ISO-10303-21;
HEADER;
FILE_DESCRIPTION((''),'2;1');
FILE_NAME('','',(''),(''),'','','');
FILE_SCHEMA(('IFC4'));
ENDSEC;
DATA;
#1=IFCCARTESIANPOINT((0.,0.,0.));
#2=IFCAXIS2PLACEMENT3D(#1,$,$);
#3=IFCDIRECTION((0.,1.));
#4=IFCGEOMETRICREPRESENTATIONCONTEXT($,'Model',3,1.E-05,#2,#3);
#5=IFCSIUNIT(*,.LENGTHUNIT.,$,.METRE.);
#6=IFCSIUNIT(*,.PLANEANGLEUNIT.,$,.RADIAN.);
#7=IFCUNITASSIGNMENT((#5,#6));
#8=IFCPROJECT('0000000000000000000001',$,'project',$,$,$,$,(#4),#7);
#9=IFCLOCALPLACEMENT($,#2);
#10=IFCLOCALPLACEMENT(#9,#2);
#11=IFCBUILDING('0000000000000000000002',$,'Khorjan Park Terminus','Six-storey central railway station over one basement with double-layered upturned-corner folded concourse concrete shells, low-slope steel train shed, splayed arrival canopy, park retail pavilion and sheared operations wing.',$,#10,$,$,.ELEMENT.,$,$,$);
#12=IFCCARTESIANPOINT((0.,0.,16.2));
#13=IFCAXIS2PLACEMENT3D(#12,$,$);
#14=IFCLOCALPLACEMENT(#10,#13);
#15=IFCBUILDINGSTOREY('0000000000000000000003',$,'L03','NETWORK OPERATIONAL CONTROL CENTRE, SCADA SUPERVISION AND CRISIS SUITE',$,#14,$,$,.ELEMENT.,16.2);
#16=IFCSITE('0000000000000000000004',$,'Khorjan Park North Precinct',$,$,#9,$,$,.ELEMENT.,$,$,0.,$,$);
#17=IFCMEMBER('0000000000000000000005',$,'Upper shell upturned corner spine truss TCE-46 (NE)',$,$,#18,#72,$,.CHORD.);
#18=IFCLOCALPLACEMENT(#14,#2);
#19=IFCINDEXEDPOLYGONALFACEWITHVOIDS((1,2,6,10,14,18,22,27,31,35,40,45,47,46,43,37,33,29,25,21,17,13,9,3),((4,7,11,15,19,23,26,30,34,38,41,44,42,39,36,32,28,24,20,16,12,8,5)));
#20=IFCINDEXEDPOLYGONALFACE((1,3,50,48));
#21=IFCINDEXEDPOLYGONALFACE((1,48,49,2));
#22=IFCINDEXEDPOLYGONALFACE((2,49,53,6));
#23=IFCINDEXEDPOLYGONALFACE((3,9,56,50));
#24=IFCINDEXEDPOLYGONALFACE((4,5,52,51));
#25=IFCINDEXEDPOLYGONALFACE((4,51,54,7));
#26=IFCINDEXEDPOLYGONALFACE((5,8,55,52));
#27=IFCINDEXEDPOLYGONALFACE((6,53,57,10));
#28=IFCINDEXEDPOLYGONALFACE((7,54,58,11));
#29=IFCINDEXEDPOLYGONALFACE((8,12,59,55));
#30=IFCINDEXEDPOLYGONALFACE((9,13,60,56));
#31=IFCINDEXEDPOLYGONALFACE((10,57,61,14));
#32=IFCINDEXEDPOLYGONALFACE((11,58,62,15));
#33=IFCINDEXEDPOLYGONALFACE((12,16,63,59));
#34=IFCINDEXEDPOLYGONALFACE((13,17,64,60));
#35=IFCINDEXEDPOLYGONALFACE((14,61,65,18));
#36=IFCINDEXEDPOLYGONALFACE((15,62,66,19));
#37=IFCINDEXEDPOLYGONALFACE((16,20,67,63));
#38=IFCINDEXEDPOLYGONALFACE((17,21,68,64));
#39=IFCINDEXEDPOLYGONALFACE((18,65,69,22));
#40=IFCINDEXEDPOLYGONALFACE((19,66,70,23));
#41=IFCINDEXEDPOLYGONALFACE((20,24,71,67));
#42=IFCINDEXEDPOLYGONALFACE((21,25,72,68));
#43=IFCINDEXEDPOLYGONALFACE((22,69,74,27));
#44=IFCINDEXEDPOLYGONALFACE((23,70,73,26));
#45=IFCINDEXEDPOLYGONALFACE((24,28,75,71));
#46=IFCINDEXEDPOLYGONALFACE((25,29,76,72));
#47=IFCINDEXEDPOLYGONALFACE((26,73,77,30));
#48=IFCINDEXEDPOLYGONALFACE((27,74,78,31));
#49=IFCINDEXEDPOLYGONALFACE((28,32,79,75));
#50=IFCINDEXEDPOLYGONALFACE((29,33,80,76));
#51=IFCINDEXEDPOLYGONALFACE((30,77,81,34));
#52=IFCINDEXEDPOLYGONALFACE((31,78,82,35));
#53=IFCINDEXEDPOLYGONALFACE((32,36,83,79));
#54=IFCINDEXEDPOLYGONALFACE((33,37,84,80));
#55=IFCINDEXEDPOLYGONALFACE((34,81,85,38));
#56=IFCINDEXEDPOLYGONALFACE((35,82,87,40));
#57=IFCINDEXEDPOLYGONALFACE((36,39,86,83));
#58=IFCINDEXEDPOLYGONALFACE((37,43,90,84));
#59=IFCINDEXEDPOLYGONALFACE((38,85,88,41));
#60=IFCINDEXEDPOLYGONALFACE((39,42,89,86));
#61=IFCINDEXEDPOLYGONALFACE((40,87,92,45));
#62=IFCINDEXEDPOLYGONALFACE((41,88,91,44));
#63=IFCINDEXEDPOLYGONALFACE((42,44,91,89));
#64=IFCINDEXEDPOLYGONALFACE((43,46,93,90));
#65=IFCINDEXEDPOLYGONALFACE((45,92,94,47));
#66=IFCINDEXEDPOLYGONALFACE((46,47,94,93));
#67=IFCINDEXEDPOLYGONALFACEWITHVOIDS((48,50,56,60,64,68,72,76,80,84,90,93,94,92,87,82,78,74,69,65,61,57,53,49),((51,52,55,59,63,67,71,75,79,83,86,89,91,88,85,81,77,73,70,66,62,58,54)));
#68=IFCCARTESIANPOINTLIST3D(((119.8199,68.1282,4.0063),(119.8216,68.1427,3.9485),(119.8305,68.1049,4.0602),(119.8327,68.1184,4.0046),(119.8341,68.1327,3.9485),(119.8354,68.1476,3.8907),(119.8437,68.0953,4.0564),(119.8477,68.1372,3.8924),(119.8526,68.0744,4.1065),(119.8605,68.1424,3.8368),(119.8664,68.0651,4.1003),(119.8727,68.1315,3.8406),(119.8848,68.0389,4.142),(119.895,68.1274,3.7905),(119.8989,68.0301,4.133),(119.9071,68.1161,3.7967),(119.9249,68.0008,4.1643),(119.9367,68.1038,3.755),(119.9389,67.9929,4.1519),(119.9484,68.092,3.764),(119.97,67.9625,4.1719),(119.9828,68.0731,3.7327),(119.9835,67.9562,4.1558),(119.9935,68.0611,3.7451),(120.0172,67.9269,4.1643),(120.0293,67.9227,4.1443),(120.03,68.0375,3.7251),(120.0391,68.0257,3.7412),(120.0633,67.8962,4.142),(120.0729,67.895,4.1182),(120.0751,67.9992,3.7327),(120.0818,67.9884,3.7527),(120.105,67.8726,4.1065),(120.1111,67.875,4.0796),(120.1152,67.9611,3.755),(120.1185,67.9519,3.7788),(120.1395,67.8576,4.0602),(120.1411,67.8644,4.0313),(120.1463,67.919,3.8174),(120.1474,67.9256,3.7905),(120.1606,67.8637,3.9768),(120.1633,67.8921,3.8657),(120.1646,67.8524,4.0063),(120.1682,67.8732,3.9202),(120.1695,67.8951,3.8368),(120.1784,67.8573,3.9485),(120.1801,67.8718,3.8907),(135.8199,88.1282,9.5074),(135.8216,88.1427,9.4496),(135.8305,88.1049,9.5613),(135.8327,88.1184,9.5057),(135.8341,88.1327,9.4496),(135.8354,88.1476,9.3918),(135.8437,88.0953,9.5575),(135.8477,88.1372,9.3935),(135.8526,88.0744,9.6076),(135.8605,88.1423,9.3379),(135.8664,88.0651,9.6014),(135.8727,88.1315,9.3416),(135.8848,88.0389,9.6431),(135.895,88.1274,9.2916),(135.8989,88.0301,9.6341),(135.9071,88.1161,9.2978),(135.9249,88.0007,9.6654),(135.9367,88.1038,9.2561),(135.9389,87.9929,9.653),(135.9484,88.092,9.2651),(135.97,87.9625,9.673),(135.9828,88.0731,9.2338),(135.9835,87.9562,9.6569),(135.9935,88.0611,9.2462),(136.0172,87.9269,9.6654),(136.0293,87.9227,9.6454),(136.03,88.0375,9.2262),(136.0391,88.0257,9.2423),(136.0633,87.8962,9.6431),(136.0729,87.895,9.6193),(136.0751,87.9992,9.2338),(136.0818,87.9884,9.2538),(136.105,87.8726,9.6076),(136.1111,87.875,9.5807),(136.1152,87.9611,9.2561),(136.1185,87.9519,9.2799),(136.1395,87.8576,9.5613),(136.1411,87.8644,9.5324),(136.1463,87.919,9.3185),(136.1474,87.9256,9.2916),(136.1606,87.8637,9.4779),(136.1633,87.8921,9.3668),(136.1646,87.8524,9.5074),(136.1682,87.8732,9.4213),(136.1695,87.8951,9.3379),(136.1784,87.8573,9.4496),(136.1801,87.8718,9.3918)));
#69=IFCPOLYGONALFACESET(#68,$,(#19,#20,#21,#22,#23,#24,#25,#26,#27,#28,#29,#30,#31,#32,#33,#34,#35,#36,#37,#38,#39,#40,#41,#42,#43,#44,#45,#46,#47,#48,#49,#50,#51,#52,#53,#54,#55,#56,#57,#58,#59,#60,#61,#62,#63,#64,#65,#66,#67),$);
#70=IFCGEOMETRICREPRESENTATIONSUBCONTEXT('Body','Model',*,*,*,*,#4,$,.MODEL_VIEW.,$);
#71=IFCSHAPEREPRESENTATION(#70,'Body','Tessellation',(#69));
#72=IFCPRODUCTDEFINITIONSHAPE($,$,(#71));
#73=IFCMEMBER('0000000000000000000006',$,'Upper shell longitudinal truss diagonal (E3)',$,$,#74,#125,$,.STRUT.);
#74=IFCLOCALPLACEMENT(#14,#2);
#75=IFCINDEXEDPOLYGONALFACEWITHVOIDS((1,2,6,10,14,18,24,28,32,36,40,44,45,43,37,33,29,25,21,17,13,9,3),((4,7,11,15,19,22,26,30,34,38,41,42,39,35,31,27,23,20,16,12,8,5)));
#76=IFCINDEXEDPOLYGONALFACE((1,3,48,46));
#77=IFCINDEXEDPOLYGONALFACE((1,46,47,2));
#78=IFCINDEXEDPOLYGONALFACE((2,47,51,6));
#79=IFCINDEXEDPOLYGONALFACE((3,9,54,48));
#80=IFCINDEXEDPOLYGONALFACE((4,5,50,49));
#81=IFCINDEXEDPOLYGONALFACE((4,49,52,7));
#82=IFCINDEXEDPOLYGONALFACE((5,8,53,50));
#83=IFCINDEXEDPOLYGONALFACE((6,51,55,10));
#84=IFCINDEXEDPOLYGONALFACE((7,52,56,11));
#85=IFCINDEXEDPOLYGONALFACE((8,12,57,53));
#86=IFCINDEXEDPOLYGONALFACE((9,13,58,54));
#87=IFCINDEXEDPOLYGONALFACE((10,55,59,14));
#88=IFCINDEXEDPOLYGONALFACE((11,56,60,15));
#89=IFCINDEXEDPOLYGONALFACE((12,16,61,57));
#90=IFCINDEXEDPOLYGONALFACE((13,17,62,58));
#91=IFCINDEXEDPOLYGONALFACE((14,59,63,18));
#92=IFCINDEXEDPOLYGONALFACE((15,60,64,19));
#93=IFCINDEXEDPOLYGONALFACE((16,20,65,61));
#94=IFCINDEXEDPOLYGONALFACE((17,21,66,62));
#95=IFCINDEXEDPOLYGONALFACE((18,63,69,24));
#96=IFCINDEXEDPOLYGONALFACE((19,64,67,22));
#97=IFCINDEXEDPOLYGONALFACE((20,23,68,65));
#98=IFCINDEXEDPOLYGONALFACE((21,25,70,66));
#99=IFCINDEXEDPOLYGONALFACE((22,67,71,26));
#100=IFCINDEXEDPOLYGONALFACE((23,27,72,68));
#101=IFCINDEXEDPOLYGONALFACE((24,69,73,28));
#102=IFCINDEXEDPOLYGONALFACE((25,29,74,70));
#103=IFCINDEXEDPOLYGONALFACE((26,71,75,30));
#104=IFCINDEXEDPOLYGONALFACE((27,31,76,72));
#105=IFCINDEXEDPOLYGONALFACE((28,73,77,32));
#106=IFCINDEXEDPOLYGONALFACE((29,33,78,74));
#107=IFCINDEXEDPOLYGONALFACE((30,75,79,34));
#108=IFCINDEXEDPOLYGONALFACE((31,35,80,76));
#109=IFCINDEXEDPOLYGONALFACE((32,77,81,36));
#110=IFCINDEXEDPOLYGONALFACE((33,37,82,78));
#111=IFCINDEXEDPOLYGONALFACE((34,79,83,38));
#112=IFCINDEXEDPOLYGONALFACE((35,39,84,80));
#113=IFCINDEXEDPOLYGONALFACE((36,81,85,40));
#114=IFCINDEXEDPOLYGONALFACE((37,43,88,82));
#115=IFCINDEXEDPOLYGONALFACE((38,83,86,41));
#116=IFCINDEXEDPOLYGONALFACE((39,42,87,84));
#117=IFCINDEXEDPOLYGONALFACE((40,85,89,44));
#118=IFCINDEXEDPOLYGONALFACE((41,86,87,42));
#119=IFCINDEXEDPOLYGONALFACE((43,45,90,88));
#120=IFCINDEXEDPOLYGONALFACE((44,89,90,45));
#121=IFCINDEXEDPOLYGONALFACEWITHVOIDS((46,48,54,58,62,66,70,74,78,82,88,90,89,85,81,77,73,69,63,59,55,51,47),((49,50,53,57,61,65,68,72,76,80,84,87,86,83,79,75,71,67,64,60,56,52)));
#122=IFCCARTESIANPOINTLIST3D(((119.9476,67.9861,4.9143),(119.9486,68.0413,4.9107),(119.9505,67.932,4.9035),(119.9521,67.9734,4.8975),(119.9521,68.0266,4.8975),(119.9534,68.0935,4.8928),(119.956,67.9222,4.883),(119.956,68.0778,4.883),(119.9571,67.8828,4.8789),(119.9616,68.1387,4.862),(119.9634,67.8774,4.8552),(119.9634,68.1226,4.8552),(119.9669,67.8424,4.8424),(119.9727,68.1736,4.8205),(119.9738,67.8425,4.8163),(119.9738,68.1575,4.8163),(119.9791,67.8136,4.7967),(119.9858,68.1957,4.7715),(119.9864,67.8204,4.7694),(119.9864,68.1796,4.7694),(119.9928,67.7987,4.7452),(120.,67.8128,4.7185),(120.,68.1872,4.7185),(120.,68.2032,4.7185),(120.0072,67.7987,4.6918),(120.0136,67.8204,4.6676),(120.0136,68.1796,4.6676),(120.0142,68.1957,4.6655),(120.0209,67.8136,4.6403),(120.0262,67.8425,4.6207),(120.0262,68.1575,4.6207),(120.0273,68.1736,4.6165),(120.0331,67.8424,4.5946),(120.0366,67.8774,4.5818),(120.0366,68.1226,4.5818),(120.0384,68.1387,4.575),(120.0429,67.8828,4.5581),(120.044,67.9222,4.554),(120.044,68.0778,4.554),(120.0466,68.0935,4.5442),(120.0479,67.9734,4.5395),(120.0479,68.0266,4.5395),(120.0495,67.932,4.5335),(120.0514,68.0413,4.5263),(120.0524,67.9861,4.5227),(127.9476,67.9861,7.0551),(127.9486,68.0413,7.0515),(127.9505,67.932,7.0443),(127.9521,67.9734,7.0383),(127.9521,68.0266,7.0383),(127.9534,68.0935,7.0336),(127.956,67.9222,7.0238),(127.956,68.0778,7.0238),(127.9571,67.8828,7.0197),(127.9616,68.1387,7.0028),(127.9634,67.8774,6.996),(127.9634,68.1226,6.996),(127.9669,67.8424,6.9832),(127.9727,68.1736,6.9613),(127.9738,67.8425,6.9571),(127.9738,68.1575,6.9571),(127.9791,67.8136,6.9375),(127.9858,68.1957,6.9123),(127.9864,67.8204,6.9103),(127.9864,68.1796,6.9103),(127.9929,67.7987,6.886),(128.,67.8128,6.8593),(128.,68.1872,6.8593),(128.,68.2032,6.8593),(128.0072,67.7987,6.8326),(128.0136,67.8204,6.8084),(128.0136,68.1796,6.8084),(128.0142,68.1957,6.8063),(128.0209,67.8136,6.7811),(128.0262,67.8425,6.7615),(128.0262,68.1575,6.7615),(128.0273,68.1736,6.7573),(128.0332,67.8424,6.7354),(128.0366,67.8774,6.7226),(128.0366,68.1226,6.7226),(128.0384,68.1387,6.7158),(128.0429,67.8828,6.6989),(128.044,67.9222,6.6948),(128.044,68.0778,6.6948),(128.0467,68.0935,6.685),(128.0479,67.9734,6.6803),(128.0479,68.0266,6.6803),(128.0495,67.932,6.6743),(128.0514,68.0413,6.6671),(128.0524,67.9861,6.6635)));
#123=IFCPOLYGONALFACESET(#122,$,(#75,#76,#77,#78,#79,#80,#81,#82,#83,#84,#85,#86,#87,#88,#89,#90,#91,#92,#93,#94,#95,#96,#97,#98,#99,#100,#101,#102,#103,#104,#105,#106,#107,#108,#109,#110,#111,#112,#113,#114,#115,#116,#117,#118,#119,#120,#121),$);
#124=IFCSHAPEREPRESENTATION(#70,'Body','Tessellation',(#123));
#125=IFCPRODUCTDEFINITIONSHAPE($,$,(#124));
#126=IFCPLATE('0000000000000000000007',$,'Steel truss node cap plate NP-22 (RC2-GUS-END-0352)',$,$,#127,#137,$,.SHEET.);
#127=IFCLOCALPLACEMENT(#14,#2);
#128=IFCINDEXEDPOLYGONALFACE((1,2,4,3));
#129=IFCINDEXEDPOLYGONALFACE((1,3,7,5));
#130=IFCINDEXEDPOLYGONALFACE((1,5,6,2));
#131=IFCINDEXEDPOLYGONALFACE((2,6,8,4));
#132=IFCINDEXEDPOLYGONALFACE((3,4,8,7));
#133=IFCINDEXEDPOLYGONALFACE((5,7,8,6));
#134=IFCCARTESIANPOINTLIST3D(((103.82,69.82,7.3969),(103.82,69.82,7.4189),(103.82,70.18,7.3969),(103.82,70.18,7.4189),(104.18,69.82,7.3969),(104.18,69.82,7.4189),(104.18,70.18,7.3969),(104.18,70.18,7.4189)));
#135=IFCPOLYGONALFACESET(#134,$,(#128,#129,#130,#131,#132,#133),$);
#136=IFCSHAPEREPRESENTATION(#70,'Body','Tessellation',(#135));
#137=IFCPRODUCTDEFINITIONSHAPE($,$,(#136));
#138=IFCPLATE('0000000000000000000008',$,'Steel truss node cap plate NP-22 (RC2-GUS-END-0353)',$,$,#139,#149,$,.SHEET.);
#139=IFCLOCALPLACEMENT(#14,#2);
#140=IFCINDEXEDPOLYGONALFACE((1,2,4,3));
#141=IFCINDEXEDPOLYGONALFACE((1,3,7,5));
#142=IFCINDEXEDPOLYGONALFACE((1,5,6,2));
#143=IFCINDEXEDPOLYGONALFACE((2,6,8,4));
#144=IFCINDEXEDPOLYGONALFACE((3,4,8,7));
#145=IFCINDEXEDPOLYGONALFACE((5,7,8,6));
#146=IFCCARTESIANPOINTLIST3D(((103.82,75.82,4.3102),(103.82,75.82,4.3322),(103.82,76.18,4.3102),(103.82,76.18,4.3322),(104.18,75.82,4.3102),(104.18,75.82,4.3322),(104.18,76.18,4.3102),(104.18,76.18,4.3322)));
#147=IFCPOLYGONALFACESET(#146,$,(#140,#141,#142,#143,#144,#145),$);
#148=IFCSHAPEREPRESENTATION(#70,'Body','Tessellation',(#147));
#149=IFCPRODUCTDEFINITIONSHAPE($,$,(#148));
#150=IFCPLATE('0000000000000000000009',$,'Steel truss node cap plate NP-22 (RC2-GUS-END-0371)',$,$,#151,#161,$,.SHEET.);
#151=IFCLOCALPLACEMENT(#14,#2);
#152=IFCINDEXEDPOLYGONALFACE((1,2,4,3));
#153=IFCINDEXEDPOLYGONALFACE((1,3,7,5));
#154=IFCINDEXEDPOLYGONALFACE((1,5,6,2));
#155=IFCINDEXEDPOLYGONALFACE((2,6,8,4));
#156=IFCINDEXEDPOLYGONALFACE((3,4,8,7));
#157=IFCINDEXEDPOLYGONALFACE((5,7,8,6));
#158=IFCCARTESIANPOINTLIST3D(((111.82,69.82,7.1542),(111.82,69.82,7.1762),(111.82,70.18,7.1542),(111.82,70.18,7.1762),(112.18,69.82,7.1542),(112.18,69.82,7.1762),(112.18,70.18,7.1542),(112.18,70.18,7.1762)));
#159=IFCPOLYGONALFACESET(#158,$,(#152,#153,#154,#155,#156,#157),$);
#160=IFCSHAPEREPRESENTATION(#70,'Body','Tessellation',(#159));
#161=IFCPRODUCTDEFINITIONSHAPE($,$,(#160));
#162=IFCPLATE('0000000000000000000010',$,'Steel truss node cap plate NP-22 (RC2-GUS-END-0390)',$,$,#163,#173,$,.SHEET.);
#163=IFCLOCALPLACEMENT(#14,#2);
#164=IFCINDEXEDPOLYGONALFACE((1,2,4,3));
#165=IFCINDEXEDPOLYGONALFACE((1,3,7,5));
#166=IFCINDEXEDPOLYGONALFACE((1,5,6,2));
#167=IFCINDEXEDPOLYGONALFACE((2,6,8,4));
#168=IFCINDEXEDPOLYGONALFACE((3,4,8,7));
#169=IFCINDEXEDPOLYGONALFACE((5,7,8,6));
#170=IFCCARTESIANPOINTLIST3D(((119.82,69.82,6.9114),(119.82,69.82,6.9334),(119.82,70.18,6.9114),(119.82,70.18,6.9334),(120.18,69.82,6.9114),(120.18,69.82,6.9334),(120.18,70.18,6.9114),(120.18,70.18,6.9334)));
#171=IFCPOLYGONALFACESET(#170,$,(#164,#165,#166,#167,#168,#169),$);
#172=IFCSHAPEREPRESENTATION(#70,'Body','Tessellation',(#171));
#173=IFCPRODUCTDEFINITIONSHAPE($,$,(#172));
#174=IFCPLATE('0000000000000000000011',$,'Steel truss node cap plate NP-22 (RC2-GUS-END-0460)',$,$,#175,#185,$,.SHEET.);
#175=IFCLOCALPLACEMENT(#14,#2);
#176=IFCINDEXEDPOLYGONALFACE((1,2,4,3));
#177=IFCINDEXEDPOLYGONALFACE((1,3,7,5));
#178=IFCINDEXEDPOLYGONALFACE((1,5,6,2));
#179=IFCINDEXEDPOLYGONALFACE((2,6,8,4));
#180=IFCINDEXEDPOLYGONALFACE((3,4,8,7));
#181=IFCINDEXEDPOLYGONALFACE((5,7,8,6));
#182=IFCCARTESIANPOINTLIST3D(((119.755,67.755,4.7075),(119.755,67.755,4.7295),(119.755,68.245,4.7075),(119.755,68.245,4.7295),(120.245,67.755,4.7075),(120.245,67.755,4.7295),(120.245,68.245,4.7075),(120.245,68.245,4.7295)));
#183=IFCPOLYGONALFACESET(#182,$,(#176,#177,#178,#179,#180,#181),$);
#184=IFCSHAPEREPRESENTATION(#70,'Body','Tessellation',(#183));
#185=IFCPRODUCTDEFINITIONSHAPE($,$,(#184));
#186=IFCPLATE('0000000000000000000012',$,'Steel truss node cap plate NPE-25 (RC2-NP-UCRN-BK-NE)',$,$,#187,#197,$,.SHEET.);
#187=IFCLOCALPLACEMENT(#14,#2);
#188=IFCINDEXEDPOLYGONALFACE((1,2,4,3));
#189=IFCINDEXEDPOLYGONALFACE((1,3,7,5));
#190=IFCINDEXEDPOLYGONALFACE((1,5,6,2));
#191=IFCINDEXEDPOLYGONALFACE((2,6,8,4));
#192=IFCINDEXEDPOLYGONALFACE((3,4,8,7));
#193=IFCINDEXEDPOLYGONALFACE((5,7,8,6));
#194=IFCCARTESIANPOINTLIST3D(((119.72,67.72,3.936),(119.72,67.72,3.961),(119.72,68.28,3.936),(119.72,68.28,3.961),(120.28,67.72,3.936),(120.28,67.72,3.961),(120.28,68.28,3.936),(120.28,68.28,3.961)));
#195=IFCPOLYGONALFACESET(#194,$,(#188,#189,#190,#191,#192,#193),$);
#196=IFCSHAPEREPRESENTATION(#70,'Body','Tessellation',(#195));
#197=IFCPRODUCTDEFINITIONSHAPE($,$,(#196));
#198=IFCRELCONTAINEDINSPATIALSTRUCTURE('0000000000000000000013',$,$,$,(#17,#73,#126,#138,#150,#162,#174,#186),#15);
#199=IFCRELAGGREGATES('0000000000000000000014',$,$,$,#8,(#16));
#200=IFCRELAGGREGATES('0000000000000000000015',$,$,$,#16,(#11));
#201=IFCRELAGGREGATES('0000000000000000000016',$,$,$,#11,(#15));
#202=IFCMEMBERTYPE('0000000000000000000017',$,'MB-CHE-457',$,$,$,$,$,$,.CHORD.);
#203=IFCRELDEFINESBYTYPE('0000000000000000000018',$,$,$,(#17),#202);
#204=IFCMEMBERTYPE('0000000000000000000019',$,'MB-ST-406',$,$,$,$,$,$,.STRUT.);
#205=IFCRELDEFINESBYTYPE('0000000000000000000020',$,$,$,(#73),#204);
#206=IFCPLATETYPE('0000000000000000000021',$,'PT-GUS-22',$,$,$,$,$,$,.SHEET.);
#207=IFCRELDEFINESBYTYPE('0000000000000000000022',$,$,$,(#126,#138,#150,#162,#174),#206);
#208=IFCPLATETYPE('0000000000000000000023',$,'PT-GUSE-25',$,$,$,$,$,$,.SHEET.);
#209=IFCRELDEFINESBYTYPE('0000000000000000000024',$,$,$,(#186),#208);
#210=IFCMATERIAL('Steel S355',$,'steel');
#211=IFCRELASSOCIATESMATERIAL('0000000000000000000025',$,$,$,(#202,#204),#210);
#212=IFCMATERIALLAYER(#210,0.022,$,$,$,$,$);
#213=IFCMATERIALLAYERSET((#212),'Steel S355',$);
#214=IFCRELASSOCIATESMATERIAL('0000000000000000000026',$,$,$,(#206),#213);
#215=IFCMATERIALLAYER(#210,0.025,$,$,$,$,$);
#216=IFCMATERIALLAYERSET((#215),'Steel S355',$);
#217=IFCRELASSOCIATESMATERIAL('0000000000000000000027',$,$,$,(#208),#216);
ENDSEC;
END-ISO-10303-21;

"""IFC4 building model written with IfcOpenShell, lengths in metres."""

from ifc_helpers import new_model, si_unit, direction, frame, origin, origin_2d, place, context, subcontext, project, spatial, rectangle, hollow_circle, extrude, material, layer, layer_set, material_profile, profile_set, type_object, element, save


model = new_model("IFC4")

# Units and contexts
model_context = context("Model", 3, precision=1e-05, world=origin(), true_north=direction((0.0, 1.0)))
body_context = subcontext(model_context, "Body", "Model", "MODEL_VIEW")
ifc_project = project(units=[si_unit("LENGTHUNIT", "METRE"), si_unit("PLANEANGLEUNIT", "RADIAN")], contexts=[model_context])

# Site, building, storey
site_placement = place(None, origin())
site = spatial("IfcSite", under=ifc_project, at=site_placement, Name="Khorjan Park North Precinct", CompositionType="ELEMENT", RefElevation=0.0)
building_placement = place(site_placement, origin())
building = spatial("IfcBuilding", under=site, at=building_placement, Name="Khorjan Park Terminus", Description="Six-storey central railway station over one basement with double-layered upturned-corner folded concourse concrete shells, low-slope steel train shed, splayed arrival canopy, park retail pavilion and sheared operations wing.", CompositionType="ELEMENT")
storey_placement = place(building_placement, frame((0.0, 0.0, 16.2)))
storey = spatial("IfcBuildingStorey", under=building, at=storey_placement, Name="L03", Description="NETWORK OPERATIONAL CONTROL CENTRE, SCADA SUPERVISION AND CRISIS SUITE", CompositionType="ELEMENT", Elevation=16.2)

# Members
ifc_material = material(Name="Steel S355", Category="steel")
ifc_material_profile_1 = material_profile(ifc_material, hollow_circle(Radius=0.2285, WallThickness=0.016, at=origin_2d()), Name="CHS 457x16")
ifc_profile_set_1 = profile_set([ifc_material_profile_1], Name="Steel S355")
member_type_1 = type_object("IfcMemberType", Name="MB-CHE-457", PredefinedType="CHORD", material=ifc_profile_set_1)
member_1_placement = place(storey_placement, frame((120.0, 68.0, 3.9485), z_axis=(0.610766, 0.763458, 0.209993), x_axis=(-0.780869, 0.624695, 0.0)))
element("IfcMember", 1, at=member_1_placement, inside=storey, type_object=member_type_1, Name="Upper shell upturned corner spine truss TCE-46 (NE)", PredefinedType="CHORD", context=body_context, shape_type="SweptSolid", body=[
    extrude(hollow_circle(Radius=0.2285, WallThickness=0.016, at=origin_2d()), origin(), (0.0, 0.0, 1.0), 26.1966),
])
ifc_material_profile_2 = material_profile(ifc_material, hollow_circle(Radius=0.2032, WallThickness=0.016, at=origin_2d()), Name="CHS 406.4x16")
ifc_profile_set_2 = profile_set([ifc_material_profile_2], Name="Steel S355")
member_type_2 = type_object("IfcMemberType", Name="MB-ST-406", PredefinedType="STRUT", material=ifc_profile_set_2)
member_2_placement = place(storey_placement, frame((120.0, 68.0, 4.7185), z_axis=(0.96601, 0.0, 0.258504), x_axis=(0.0, 1.0, 0.0)))
element("IfcMember", 2, at=member_2_placement, inside=storey, type_object=member_type_2, Name="Upper shell longitudinal truss diagonal (E3)", PredefinedType="STRUT", context=body_context, shape_type="SweptSolid", body=[
    extrude(hollow_circle(Radius=0.2032, WallThickness=0.016, at=origin_2d()), origin(), (0.0, 0.0, 1.0), 8.2815),
])

# Plates
ifc_layer_1 = layer(ifc_material, 0.022)
ifc_layer_set_1 = layer_set([ifc_layer_1], Name="Steel S355")
plate_type_1 = type_object("IfcPlateType", Name="PT-GUS-22", PredefinedType="SHEET", material=ifc_layer_set_1)
for number, where, z_axis, x_axis, name in (
    (3, (104.0, 70.0, 7.3969), (0.0, 0.0, 1.0), (1.0, 0.0, 0.0), "Steel truss node cap plate NP-22 (RC2-GUS-END-0352)"),
    (4, (104.0, 76.0, 4.3102), (0.0, 0.0, 1.0), (1.0, 0.0, 0.0), "Steel truss node cap plate NP-22 (RC2-GUS-END-0353)"),
    (5, (112.0, 70.0, 7.1542), (0.0, 0.0, 1.0), (1.0, 0.0, 0.0), "Steel truss node cap plate NP-22 (RC2-GUS-END-0371)"),
    (6, (120.0, 70.0, 6.9114), (0.0, 0.0, 1.0), (1.0, 0.0, 0.0), "Steel truss node cap plate NP-22 (RC2-GUS-END-0390)"),
):
    element("IfcPlate", number, at=place(storey_placement, frame(where, z_axis=z_axis, x_axis=x_axis)), inside=storey, type_object=plate_type_1, Name=name, PredefinedType="SHEET", context=body_context, shape_type="SweptSolid", body=[
        extrude(rectangle(XDim=0.36, YDim=0.36, at=origin_2d()), origin(), (0.0, 0.0, 1.0), 0.022),
    ])
plate_1_placement = place(storey_placement, frame((120.0, 68.0, 4.7075), z_axis=(0.0, 0.0, 1.0), x_axis=(1.0, 0.0, 0.0)))
element("IfcPlate", 7, at=plate_1_placement, inside=storey, type_object=plate_type_1, Name="Steel truss node cap plate NP-22 (RC2-GUS-END-0460)", PredefinedType="SHEET", context=body_context, shape_type="SweptSolid", body=[
    extrude(rectangle(XDim=0.49, YDim=0.49, at=origin_2d()), origin(), (0.0, 0.0, 1.0), 0.022),
])
ifc_layer_2 = layer(ifc_material, 0.025)
ifc_layer_set_2 = layer_set([ifc_layer_2], Name="Steel S355")
plate_type_2 = type_object("IfcPlateType", Name="PT-GUSE-25", PredefinedType="SHEET", material=ifc_layer_set_2)
plate_2_placement = place(storey_placement, frame((120.0, 68.0, 3.936), z_axis=(0.0, 0.0, 1.0), x_axis=(1.0, 0.0, 0.0)))
element("IfcPlate", 8, at=plate_2_placement, inside=storey, type_object=plate_type_2, Name="Steel truss node cap plate NPE-25 (RC2-NP-UCRN-BK-NE)", PredefinedType="SHEET", context=body_context, shape_type="SweptSolid", body=[
    extrude(rectangle(XDim=0.56, YDim=0.56, at=origin_2d()), origin(), (0.0, 0.0, 1.0), 0.025),
])

save(model, "model.ifc")
